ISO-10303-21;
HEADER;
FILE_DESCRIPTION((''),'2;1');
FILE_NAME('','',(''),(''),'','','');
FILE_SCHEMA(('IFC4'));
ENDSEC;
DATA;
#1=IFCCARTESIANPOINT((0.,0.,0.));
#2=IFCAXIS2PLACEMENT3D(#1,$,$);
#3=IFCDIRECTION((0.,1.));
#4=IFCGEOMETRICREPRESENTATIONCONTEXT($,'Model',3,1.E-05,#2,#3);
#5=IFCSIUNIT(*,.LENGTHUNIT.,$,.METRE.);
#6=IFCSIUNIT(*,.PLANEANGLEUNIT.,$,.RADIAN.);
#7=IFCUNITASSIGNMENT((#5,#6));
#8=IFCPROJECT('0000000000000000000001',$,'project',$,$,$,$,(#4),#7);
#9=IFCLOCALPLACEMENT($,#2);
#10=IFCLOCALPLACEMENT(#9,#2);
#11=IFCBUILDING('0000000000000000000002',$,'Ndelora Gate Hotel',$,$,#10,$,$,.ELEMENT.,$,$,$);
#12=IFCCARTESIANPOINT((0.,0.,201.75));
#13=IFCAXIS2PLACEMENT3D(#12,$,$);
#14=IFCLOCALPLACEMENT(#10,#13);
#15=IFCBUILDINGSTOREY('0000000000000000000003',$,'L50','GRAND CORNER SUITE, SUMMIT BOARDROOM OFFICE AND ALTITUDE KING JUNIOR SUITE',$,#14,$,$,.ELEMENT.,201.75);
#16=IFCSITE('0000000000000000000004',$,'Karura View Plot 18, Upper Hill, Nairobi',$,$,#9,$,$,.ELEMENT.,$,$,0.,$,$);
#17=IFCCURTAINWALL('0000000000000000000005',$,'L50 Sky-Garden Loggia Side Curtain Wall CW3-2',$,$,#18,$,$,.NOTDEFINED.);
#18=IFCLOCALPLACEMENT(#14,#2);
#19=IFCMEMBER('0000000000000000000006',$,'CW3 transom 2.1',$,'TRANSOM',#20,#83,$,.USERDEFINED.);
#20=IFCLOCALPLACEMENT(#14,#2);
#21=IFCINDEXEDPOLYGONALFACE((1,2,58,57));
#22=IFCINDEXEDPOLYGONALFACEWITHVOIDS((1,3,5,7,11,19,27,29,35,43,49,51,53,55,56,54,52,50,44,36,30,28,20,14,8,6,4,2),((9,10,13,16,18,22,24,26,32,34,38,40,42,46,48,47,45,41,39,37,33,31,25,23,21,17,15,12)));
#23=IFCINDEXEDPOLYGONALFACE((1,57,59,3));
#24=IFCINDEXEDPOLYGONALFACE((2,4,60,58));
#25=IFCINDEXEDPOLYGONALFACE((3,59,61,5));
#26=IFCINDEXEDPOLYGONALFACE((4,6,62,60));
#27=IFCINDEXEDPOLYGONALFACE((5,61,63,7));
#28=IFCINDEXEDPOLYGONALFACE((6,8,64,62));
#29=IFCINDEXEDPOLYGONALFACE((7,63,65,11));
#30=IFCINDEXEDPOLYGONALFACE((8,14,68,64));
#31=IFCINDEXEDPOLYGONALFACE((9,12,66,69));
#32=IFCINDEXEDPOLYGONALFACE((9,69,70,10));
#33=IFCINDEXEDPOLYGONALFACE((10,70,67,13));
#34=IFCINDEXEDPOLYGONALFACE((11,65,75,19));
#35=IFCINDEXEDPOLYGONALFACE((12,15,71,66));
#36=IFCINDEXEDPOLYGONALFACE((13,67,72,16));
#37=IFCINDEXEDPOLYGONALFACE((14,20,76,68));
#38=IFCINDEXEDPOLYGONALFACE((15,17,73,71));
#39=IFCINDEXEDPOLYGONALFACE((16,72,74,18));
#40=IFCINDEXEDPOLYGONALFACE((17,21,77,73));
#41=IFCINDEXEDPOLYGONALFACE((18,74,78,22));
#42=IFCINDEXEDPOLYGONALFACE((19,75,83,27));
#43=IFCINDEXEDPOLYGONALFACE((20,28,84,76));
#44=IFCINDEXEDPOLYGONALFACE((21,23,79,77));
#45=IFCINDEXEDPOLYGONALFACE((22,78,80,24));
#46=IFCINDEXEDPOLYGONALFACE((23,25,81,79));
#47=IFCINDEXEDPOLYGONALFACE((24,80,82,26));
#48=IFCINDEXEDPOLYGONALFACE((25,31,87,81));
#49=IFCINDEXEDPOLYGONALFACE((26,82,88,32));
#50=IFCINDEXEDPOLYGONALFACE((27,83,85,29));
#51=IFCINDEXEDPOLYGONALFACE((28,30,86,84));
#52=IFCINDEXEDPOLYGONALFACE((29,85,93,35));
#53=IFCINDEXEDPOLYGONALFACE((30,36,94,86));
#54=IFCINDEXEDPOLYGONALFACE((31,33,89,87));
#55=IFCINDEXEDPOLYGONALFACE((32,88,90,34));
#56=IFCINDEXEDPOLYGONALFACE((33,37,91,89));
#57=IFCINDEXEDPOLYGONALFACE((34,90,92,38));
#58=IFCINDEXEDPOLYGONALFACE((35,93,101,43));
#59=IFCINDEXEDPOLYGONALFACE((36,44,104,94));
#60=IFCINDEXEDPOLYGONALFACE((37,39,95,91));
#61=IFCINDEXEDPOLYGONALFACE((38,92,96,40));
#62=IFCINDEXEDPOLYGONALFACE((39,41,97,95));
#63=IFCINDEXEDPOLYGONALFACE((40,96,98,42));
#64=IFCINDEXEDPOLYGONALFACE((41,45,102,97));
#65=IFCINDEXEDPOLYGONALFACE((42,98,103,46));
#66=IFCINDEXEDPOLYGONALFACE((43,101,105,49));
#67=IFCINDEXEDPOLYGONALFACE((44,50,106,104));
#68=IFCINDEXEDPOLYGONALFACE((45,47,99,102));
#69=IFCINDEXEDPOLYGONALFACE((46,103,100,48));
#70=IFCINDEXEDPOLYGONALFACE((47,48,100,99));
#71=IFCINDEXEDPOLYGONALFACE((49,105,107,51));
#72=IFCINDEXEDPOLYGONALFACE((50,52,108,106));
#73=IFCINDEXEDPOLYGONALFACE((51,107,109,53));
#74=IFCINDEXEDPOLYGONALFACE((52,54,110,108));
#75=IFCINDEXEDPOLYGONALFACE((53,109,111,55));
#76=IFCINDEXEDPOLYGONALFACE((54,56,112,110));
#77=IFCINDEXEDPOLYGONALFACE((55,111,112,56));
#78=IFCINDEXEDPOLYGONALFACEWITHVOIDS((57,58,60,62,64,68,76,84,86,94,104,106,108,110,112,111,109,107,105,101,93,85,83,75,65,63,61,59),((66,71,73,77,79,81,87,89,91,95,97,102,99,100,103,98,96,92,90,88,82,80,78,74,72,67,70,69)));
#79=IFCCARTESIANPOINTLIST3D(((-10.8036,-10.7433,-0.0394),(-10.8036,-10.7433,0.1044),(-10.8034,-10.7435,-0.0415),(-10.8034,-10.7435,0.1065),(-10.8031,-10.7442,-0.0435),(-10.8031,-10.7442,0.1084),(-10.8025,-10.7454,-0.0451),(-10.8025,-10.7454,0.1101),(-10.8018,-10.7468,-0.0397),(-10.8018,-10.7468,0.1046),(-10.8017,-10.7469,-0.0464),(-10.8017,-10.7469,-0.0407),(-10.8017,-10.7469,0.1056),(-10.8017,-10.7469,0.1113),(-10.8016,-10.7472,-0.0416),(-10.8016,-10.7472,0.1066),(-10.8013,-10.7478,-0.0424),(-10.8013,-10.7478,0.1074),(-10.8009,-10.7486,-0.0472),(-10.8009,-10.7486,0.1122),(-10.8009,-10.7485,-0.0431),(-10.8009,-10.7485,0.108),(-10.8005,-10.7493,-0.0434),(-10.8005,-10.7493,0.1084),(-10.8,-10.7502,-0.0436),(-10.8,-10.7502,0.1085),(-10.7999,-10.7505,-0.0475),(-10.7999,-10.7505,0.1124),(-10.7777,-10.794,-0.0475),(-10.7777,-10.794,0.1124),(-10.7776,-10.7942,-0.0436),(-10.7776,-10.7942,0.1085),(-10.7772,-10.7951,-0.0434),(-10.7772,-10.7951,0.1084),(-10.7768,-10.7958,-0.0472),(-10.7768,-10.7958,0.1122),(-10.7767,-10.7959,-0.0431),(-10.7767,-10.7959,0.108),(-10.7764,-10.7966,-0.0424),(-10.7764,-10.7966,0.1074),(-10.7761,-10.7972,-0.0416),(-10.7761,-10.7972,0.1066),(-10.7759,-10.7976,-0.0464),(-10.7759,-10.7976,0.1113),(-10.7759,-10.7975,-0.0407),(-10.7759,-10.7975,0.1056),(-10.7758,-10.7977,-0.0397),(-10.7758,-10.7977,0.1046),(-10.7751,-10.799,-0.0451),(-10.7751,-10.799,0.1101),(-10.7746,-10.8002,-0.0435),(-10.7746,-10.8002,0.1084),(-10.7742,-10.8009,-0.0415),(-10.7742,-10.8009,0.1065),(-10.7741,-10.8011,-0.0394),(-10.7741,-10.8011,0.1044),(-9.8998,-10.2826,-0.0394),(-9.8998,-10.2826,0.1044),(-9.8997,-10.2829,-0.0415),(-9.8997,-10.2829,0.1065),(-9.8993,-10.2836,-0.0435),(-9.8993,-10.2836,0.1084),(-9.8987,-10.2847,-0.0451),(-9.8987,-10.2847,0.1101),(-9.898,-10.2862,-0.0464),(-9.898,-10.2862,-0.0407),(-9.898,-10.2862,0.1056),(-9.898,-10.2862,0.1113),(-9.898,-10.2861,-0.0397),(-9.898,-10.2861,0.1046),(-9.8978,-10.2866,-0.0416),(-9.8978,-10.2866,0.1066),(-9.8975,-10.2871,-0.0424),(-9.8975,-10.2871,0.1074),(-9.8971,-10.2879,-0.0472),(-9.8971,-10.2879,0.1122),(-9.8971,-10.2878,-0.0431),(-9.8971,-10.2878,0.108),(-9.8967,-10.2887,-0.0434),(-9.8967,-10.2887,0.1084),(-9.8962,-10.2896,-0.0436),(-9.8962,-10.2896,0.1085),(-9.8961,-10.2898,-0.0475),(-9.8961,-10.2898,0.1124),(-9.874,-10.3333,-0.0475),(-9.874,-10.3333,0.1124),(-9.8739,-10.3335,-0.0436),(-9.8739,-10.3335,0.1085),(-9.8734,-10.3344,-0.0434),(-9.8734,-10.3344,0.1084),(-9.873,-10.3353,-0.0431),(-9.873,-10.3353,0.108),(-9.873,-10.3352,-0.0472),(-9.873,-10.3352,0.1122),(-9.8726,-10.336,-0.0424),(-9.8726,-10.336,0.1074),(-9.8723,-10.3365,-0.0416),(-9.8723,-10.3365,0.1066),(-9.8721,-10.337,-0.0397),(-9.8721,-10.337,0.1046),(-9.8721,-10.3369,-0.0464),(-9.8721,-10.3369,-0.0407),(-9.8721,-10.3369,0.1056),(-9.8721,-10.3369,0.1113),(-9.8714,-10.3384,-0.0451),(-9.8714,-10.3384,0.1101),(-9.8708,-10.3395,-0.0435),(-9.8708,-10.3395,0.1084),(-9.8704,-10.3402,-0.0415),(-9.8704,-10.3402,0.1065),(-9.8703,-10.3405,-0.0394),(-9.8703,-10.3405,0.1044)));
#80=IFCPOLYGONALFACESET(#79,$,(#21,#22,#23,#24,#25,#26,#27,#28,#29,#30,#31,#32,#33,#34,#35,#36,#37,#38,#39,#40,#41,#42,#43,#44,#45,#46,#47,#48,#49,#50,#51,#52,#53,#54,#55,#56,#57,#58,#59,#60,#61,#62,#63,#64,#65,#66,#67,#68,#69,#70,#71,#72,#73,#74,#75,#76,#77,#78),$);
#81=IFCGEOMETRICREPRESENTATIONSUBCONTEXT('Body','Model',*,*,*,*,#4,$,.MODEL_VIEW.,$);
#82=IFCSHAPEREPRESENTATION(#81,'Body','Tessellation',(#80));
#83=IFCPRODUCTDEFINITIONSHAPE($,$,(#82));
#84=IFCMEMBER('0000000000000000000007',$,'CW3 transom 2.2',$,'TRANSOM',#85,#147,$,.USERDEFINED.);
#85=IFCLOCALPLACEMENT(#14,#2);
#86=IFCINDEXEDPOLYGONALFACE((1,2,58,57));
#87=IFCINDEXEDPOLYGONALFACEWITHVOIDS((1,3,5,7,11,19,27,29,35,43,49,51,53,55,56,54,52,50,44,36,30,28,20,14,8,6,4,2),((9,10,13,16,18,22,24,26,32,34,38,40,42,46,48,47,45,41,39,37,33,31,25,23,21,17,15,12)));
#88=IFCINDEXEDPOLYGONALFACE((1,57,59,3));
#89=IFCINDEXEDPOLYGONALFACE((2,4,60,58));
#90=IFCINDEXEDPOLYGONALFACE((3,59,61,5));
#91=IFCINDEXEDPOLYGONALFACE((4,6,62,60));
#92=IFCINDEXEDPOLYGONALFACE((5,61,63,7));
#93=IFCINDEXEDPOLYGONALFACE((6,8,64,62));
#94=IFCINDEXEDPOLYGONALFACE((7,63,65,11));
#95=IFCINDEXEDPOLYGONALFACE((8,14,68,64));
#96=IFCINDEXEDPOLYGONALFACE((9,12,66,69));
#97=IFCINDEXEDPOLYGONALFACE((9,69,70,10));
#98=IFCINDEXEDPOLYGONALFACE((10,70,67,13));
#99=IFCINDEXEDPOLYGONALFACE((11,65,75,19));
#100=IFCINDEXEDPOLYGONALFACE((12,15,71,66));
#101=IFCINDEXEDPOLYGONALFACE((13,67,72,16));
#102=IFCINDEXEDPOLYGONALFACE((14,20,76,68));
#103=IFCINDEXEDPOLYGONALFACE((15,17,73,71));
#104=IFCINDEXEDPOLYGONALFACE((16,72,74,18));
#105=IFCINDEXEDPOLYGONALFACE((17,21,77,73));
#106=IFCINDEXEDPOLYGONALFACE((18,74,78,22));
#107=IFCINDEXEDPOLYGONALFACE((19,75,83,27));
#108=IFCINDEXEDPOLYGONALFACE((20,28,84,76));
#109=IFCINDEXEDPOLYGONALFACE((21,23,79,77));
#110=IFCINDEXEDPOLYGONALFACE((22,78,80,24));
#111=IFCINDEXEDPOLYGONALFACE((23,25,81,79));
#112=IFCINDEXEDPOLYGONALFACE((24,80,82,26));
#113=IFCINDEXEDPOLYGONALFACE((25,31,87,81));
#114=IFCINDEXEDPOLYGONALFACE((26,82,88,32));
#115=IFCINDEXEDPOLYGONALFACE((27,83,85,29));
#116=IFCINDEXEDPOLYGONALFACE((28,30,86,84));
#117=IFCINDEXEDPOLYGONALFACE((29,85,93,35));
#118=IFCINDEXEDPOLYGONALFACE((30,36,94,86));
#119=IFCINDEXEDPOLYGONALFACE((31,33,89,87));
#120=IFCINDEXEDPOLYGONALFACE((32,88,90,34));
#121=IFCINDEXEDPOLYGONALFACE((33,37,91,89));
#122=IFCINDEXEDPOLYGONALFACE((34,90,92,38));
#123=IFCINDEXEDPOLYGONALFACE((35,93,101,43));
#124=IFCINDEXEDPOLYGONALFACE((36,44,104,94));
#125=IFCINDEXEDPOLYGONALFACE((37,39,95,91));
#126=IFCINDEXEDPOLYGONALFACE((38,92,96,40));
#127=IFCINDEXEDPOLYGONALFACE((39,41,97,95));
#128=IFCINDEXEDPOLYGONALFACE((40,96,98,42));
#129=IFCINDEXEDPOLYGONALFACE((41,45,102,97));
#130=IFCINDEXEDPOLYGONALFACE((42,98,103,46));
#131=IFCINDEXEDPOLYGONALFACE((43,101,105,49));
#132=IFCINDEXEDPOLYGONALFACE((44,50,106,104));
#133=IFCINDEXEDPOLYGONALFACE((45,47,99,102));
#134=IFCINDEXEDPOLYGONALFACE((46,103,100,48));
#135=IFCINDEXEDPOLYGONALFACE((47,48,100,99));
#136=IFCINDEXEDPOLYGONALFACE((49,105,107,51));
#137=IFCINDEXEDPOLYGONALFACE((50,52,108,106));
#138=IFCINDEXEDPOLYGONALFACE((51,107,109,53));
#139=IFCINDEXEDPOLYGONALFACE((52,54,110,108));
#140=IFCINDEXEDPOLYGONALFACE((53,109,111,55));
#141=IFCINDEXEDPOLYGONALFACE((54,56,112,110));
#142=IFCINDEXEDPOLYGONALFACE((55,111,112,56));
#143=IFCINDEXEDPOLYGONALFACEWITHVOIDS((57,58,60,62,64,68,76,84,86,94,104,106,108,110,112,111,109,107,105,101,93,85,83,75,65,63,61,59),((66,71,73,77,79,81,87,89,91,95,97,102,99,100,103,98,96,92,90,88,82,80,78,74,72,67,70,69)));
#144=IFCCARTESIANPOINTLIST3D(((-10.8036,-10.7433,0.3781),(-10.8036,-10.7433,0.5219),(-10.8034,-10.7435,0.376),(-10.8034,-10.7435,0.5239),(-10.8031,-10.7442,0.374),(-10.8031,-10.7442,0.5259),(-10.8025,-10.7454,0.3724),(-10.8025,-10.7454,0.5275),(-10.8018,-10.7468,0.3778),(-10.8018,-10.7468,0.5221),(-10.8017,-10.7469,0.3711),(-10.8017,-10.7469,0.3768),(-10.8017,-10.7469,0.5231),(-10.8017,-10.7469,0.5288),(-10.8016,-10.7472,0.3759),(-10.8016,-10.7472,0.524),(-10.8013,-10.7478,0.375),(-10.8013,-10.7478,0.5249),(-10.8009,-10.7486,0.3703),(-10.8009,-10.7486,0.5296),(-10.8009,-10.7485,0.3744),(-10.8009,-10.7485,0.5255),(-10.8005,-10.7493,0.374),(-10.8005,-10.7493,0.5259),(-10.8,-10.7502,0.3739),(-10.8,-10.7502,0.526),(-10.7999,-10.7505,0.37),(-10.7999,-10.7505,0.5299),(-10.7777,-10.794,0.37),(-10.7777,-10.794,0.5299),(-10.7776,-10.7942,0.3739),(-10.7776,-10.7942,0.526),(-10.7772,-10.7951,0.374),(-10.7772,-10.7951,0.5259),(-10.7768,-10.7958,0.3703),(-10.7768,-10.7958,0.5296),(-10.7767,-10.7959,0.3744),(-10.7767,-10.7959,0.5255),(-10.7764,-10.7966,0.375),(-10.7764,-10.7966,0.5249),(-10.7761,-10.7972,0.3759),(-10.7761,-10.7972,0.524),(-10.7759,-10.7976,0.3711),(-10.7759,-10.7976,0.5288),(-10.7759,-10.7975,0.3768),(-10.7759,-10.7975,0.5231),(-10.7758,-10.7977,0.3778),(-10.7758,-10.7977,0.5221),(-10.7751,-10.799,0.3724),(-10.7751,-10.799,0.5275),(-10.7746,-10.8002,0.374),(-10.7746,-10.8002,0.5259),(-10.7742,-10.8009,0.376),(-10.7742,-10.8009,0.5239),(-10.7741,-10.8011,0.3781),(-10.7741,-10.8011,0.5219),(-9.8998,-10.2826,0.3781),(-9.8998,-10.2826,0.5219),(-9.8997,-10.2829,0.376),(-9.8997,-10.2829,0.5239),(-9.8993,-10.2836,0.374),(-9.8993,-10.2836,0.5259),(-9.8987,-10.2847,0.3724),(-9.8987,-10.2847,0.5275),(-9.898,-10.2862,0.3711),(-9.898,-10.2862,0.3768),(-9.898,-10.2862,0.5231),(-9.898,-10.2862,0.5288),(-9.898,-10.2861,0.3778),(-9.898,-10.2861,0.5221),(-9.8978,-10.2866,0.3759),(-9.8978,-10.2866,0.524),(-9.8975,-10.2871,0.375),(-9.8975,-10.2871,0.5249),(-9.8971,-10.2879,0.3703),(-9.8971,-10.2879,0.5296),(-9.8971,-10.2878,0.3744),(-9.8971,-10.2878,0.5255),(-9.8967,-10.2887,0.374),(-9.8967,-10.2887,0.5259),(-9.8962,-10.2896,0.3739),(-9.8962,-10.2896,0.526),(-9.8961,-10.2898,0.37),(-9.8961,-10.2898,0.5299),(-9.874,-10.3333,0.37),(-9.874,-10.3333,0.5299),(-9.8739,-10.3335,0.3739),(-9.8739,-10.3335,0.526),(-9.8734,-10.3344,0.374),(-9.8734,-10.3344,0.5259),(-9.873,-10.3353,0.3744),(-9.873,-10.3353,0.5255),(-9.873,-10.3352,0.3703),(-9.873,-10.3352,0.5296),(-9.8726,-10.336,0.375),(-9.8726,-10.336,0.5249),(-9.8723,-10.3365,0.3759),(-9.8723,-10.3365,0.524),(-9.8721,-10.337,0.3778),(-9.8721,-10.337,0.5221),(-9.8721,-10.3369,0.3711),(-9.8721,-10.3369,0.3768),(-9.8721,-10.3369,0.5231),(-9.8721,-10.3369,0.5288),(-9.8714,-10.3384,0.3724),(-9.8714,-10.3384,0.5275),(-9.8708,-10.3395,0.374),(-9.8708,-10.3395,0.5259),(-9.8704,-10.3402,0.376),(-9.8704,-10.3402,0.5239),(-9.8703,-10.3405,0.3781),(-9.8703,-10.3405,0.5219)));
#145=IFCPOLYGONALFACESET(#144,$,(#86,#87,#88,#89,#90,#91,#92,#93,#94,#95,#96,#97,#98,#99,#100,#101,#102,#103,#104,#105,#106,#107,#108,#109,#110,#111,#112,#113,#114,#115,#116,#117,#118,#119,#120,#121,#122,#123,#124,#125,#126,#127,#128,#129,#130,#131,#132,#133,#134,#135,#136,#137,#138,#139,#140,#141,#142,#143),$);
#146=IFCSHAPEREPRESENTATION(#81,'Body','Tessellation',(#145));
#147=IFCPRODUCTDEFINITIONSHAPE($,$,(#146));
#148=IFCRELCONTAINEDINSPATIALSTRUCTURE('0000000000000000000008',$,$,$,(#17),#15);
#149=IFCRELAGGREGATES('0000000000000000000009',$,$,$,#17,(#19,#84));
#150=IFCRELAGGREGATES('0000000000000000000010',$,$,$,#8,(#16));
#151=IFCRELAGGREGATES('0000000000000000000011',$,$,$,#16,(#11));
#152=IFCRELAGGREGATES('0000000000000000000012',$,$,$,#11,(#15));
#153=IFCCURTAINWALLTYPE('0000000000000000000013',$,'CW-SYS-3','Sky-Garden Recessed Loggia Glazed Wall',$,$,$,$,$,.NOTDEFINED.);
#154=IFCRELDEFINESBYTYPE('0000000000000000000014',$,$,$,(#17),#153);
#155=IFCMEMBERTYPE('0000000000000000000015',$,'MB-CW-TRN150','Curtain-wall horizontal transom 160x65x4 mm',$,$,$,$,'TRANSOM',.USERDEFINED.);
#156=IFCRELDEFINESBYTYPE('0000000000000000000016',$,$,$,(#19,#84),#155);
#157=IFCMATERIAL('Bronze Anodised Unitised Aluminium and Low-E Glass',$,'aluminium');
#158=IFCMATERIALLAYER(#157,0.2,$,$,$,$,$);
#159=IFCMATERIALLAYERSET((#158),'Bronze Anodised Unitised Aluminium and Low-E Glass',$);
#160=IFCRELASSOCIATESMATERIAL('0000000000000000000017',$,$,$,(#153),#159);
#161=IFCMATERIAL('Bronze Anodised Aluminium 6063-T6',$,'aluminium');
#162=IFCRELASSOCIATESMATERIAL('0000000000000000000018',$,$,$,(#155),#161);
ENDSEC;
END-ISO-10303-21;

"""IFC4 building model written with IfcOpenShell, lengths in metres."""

from ifc_helpers import new_model, si_unit, direction, frame, origin, origin_2d, place, context, subcontext, project, spatial, hollow_rectangle, extrude, material, layer, layer_set, material_profile, profile_set, type_object, element, aggregate, save


model = new_model("IFC4")

# Units and contexts
model_context = context("Model", 3, precision=1e-05, world=origin(), true_north=direction((0.0, 1.0)))
body_context = subcontext(model_context, "Body", "Model", "MODEL_VIEW")
ifc_project = project(units=[si_unit("LENGTHUNIT", "METRE"), si_unit("PLANEANGLEUNIT", "RADIAN")], contexts=[model_context])

# Site, building, storey
site_placement = place(None, origin())
site = spatial("IfcSite", under=ifc_project, at=site_placement, Name="Karura View Plot 18, Upper Hill, Nairobi", CompositionType="ELEMENT", RefElevation=0.0)
building_placement = place(site_placement, origin())
building = spatial("IfcBuilding", under=site, at=building_placement, Name="Ndelora Gate Hotel", CompositionType="ELEMENT")
storey_placement = place(building_placement, frame((0.0, 0.0, 201.75)))
storey = spatial("IfcBuildingStorey", under=building, at=storey_placement, Name="L50", Description="GRAND CORNER SUITE, SUMMIT BOARDROOM OFFICE AND ALTITUDE KING JUNIOR SUITE", CompositionType="ELEMENT", Elevation=201.75)

# Curtain wall, members
ifc_material_1 = material(Name="Bronze Anodised Unitised Aluminium and Low-E Glass", Category="aluminium")
ifc_layer_1 = layer(ifc_material_1, 0.2)
ifc_layer_set_1 = layer_set([ifc_layer_1], Name="Bronze Anodised Unitised Aluminium and Low-E Glass")
curtain_wall_type = type_object("IfcCurtainWallType", Name="CW-SYS-3", Description="Sky-Garden Recessed Loggia Glazed Wall", PredefinedType="NOTDEFINED", material=ifc_layer_set_1)
curtain_wall_placement = place(storey_placement, origin())
curtain_wall = element("IfcCurtainWall", 1, at=curtain_wall_placement, inside=storey, type_object=curtain_wall_type, Name="L50 Sky-Garden Loggia Side Curtain Wall CW3-2", PredefinedType="NOTDEFINED")
ifc_material_2 = material(Name="Bronze Anodised Aluminium 6063-T6", Category="aluminium")
ifc_material_profile_1 = material_profile(ifc_material_2, hollow_rectangle(XDim=0.0649, YDim=0.1599, WallThickness=0.0039, InnerFilletRadius=0.0039, OuterFilletRadius=0.0081, at=origin_2d()), Name="ALU 160x65x4")
ifc_profile_set_1 = profile_set([ifc_material_profile_1], Name="Bronze Anodised Aluminium 6063-T6")
member_type_1 = type_object("IfcMemberType", Name="MB-CW-TRN150", Description="Curtain-wall horizontal transom 160x65x4 mm", ElementType="TRANSOM", PredefinedType="USERDEFINED", material=ifc_profile_set_1)
member_1_placement = place(storey_placement, frame((-10.7888, -10.7722, 0.0325), z_axis=(0.890935, 0.454131, 0.0), x_axis=(-0.454131, 0.890935, 0.0)))
member_1 = element("IfcMember", 2, at=member_1_placement, type_object=member_type_1, Name="CW3 transom 2.1", ObjectType="TRANSOM", PredefinedType="USERDEFINED", context=body_context, shape_type="SweptSolid", body=[
    extrude(hollow_rectangle(XDim=0.0649, YDim=0.1599, WallThickness=0.0039, InnerFilletRadius=0.0039, OuterFilletRadius=0.0081, at=origin_2d()), origin(), (0.0, 0.0, 1.0), 1.0144),
])
member_2_placement = place(storey_placement, frame((-10.7888, -10.7722, 0.45), z_axis=(0.890935, 0.454131, 0.0), x_axis=(-0.454131, 0.890935, 0.0)))
member_2 = element("IfcMember", 3, at=member_2_placement, type_object=member_type_1, Name="CW3 transom 2.2", ObjectType="TRANSOM", PredefinedType="USERDEFINED", context=body_context, shape_type="SweptSolid", body=[
    extrude(hollow_rectangle(XDim=0.0649, YDim=0.1599, WallThickness=0.0039, InnerFilletRadius=0.0039, OuterFilletRadius=0.0081, at=origin_2d()), origin(), (0.0, 0.0, 1.0), 1.0144),
])
aggregate(curtain_wall, [member_1, member_2])

save(model, "model.ifc")
